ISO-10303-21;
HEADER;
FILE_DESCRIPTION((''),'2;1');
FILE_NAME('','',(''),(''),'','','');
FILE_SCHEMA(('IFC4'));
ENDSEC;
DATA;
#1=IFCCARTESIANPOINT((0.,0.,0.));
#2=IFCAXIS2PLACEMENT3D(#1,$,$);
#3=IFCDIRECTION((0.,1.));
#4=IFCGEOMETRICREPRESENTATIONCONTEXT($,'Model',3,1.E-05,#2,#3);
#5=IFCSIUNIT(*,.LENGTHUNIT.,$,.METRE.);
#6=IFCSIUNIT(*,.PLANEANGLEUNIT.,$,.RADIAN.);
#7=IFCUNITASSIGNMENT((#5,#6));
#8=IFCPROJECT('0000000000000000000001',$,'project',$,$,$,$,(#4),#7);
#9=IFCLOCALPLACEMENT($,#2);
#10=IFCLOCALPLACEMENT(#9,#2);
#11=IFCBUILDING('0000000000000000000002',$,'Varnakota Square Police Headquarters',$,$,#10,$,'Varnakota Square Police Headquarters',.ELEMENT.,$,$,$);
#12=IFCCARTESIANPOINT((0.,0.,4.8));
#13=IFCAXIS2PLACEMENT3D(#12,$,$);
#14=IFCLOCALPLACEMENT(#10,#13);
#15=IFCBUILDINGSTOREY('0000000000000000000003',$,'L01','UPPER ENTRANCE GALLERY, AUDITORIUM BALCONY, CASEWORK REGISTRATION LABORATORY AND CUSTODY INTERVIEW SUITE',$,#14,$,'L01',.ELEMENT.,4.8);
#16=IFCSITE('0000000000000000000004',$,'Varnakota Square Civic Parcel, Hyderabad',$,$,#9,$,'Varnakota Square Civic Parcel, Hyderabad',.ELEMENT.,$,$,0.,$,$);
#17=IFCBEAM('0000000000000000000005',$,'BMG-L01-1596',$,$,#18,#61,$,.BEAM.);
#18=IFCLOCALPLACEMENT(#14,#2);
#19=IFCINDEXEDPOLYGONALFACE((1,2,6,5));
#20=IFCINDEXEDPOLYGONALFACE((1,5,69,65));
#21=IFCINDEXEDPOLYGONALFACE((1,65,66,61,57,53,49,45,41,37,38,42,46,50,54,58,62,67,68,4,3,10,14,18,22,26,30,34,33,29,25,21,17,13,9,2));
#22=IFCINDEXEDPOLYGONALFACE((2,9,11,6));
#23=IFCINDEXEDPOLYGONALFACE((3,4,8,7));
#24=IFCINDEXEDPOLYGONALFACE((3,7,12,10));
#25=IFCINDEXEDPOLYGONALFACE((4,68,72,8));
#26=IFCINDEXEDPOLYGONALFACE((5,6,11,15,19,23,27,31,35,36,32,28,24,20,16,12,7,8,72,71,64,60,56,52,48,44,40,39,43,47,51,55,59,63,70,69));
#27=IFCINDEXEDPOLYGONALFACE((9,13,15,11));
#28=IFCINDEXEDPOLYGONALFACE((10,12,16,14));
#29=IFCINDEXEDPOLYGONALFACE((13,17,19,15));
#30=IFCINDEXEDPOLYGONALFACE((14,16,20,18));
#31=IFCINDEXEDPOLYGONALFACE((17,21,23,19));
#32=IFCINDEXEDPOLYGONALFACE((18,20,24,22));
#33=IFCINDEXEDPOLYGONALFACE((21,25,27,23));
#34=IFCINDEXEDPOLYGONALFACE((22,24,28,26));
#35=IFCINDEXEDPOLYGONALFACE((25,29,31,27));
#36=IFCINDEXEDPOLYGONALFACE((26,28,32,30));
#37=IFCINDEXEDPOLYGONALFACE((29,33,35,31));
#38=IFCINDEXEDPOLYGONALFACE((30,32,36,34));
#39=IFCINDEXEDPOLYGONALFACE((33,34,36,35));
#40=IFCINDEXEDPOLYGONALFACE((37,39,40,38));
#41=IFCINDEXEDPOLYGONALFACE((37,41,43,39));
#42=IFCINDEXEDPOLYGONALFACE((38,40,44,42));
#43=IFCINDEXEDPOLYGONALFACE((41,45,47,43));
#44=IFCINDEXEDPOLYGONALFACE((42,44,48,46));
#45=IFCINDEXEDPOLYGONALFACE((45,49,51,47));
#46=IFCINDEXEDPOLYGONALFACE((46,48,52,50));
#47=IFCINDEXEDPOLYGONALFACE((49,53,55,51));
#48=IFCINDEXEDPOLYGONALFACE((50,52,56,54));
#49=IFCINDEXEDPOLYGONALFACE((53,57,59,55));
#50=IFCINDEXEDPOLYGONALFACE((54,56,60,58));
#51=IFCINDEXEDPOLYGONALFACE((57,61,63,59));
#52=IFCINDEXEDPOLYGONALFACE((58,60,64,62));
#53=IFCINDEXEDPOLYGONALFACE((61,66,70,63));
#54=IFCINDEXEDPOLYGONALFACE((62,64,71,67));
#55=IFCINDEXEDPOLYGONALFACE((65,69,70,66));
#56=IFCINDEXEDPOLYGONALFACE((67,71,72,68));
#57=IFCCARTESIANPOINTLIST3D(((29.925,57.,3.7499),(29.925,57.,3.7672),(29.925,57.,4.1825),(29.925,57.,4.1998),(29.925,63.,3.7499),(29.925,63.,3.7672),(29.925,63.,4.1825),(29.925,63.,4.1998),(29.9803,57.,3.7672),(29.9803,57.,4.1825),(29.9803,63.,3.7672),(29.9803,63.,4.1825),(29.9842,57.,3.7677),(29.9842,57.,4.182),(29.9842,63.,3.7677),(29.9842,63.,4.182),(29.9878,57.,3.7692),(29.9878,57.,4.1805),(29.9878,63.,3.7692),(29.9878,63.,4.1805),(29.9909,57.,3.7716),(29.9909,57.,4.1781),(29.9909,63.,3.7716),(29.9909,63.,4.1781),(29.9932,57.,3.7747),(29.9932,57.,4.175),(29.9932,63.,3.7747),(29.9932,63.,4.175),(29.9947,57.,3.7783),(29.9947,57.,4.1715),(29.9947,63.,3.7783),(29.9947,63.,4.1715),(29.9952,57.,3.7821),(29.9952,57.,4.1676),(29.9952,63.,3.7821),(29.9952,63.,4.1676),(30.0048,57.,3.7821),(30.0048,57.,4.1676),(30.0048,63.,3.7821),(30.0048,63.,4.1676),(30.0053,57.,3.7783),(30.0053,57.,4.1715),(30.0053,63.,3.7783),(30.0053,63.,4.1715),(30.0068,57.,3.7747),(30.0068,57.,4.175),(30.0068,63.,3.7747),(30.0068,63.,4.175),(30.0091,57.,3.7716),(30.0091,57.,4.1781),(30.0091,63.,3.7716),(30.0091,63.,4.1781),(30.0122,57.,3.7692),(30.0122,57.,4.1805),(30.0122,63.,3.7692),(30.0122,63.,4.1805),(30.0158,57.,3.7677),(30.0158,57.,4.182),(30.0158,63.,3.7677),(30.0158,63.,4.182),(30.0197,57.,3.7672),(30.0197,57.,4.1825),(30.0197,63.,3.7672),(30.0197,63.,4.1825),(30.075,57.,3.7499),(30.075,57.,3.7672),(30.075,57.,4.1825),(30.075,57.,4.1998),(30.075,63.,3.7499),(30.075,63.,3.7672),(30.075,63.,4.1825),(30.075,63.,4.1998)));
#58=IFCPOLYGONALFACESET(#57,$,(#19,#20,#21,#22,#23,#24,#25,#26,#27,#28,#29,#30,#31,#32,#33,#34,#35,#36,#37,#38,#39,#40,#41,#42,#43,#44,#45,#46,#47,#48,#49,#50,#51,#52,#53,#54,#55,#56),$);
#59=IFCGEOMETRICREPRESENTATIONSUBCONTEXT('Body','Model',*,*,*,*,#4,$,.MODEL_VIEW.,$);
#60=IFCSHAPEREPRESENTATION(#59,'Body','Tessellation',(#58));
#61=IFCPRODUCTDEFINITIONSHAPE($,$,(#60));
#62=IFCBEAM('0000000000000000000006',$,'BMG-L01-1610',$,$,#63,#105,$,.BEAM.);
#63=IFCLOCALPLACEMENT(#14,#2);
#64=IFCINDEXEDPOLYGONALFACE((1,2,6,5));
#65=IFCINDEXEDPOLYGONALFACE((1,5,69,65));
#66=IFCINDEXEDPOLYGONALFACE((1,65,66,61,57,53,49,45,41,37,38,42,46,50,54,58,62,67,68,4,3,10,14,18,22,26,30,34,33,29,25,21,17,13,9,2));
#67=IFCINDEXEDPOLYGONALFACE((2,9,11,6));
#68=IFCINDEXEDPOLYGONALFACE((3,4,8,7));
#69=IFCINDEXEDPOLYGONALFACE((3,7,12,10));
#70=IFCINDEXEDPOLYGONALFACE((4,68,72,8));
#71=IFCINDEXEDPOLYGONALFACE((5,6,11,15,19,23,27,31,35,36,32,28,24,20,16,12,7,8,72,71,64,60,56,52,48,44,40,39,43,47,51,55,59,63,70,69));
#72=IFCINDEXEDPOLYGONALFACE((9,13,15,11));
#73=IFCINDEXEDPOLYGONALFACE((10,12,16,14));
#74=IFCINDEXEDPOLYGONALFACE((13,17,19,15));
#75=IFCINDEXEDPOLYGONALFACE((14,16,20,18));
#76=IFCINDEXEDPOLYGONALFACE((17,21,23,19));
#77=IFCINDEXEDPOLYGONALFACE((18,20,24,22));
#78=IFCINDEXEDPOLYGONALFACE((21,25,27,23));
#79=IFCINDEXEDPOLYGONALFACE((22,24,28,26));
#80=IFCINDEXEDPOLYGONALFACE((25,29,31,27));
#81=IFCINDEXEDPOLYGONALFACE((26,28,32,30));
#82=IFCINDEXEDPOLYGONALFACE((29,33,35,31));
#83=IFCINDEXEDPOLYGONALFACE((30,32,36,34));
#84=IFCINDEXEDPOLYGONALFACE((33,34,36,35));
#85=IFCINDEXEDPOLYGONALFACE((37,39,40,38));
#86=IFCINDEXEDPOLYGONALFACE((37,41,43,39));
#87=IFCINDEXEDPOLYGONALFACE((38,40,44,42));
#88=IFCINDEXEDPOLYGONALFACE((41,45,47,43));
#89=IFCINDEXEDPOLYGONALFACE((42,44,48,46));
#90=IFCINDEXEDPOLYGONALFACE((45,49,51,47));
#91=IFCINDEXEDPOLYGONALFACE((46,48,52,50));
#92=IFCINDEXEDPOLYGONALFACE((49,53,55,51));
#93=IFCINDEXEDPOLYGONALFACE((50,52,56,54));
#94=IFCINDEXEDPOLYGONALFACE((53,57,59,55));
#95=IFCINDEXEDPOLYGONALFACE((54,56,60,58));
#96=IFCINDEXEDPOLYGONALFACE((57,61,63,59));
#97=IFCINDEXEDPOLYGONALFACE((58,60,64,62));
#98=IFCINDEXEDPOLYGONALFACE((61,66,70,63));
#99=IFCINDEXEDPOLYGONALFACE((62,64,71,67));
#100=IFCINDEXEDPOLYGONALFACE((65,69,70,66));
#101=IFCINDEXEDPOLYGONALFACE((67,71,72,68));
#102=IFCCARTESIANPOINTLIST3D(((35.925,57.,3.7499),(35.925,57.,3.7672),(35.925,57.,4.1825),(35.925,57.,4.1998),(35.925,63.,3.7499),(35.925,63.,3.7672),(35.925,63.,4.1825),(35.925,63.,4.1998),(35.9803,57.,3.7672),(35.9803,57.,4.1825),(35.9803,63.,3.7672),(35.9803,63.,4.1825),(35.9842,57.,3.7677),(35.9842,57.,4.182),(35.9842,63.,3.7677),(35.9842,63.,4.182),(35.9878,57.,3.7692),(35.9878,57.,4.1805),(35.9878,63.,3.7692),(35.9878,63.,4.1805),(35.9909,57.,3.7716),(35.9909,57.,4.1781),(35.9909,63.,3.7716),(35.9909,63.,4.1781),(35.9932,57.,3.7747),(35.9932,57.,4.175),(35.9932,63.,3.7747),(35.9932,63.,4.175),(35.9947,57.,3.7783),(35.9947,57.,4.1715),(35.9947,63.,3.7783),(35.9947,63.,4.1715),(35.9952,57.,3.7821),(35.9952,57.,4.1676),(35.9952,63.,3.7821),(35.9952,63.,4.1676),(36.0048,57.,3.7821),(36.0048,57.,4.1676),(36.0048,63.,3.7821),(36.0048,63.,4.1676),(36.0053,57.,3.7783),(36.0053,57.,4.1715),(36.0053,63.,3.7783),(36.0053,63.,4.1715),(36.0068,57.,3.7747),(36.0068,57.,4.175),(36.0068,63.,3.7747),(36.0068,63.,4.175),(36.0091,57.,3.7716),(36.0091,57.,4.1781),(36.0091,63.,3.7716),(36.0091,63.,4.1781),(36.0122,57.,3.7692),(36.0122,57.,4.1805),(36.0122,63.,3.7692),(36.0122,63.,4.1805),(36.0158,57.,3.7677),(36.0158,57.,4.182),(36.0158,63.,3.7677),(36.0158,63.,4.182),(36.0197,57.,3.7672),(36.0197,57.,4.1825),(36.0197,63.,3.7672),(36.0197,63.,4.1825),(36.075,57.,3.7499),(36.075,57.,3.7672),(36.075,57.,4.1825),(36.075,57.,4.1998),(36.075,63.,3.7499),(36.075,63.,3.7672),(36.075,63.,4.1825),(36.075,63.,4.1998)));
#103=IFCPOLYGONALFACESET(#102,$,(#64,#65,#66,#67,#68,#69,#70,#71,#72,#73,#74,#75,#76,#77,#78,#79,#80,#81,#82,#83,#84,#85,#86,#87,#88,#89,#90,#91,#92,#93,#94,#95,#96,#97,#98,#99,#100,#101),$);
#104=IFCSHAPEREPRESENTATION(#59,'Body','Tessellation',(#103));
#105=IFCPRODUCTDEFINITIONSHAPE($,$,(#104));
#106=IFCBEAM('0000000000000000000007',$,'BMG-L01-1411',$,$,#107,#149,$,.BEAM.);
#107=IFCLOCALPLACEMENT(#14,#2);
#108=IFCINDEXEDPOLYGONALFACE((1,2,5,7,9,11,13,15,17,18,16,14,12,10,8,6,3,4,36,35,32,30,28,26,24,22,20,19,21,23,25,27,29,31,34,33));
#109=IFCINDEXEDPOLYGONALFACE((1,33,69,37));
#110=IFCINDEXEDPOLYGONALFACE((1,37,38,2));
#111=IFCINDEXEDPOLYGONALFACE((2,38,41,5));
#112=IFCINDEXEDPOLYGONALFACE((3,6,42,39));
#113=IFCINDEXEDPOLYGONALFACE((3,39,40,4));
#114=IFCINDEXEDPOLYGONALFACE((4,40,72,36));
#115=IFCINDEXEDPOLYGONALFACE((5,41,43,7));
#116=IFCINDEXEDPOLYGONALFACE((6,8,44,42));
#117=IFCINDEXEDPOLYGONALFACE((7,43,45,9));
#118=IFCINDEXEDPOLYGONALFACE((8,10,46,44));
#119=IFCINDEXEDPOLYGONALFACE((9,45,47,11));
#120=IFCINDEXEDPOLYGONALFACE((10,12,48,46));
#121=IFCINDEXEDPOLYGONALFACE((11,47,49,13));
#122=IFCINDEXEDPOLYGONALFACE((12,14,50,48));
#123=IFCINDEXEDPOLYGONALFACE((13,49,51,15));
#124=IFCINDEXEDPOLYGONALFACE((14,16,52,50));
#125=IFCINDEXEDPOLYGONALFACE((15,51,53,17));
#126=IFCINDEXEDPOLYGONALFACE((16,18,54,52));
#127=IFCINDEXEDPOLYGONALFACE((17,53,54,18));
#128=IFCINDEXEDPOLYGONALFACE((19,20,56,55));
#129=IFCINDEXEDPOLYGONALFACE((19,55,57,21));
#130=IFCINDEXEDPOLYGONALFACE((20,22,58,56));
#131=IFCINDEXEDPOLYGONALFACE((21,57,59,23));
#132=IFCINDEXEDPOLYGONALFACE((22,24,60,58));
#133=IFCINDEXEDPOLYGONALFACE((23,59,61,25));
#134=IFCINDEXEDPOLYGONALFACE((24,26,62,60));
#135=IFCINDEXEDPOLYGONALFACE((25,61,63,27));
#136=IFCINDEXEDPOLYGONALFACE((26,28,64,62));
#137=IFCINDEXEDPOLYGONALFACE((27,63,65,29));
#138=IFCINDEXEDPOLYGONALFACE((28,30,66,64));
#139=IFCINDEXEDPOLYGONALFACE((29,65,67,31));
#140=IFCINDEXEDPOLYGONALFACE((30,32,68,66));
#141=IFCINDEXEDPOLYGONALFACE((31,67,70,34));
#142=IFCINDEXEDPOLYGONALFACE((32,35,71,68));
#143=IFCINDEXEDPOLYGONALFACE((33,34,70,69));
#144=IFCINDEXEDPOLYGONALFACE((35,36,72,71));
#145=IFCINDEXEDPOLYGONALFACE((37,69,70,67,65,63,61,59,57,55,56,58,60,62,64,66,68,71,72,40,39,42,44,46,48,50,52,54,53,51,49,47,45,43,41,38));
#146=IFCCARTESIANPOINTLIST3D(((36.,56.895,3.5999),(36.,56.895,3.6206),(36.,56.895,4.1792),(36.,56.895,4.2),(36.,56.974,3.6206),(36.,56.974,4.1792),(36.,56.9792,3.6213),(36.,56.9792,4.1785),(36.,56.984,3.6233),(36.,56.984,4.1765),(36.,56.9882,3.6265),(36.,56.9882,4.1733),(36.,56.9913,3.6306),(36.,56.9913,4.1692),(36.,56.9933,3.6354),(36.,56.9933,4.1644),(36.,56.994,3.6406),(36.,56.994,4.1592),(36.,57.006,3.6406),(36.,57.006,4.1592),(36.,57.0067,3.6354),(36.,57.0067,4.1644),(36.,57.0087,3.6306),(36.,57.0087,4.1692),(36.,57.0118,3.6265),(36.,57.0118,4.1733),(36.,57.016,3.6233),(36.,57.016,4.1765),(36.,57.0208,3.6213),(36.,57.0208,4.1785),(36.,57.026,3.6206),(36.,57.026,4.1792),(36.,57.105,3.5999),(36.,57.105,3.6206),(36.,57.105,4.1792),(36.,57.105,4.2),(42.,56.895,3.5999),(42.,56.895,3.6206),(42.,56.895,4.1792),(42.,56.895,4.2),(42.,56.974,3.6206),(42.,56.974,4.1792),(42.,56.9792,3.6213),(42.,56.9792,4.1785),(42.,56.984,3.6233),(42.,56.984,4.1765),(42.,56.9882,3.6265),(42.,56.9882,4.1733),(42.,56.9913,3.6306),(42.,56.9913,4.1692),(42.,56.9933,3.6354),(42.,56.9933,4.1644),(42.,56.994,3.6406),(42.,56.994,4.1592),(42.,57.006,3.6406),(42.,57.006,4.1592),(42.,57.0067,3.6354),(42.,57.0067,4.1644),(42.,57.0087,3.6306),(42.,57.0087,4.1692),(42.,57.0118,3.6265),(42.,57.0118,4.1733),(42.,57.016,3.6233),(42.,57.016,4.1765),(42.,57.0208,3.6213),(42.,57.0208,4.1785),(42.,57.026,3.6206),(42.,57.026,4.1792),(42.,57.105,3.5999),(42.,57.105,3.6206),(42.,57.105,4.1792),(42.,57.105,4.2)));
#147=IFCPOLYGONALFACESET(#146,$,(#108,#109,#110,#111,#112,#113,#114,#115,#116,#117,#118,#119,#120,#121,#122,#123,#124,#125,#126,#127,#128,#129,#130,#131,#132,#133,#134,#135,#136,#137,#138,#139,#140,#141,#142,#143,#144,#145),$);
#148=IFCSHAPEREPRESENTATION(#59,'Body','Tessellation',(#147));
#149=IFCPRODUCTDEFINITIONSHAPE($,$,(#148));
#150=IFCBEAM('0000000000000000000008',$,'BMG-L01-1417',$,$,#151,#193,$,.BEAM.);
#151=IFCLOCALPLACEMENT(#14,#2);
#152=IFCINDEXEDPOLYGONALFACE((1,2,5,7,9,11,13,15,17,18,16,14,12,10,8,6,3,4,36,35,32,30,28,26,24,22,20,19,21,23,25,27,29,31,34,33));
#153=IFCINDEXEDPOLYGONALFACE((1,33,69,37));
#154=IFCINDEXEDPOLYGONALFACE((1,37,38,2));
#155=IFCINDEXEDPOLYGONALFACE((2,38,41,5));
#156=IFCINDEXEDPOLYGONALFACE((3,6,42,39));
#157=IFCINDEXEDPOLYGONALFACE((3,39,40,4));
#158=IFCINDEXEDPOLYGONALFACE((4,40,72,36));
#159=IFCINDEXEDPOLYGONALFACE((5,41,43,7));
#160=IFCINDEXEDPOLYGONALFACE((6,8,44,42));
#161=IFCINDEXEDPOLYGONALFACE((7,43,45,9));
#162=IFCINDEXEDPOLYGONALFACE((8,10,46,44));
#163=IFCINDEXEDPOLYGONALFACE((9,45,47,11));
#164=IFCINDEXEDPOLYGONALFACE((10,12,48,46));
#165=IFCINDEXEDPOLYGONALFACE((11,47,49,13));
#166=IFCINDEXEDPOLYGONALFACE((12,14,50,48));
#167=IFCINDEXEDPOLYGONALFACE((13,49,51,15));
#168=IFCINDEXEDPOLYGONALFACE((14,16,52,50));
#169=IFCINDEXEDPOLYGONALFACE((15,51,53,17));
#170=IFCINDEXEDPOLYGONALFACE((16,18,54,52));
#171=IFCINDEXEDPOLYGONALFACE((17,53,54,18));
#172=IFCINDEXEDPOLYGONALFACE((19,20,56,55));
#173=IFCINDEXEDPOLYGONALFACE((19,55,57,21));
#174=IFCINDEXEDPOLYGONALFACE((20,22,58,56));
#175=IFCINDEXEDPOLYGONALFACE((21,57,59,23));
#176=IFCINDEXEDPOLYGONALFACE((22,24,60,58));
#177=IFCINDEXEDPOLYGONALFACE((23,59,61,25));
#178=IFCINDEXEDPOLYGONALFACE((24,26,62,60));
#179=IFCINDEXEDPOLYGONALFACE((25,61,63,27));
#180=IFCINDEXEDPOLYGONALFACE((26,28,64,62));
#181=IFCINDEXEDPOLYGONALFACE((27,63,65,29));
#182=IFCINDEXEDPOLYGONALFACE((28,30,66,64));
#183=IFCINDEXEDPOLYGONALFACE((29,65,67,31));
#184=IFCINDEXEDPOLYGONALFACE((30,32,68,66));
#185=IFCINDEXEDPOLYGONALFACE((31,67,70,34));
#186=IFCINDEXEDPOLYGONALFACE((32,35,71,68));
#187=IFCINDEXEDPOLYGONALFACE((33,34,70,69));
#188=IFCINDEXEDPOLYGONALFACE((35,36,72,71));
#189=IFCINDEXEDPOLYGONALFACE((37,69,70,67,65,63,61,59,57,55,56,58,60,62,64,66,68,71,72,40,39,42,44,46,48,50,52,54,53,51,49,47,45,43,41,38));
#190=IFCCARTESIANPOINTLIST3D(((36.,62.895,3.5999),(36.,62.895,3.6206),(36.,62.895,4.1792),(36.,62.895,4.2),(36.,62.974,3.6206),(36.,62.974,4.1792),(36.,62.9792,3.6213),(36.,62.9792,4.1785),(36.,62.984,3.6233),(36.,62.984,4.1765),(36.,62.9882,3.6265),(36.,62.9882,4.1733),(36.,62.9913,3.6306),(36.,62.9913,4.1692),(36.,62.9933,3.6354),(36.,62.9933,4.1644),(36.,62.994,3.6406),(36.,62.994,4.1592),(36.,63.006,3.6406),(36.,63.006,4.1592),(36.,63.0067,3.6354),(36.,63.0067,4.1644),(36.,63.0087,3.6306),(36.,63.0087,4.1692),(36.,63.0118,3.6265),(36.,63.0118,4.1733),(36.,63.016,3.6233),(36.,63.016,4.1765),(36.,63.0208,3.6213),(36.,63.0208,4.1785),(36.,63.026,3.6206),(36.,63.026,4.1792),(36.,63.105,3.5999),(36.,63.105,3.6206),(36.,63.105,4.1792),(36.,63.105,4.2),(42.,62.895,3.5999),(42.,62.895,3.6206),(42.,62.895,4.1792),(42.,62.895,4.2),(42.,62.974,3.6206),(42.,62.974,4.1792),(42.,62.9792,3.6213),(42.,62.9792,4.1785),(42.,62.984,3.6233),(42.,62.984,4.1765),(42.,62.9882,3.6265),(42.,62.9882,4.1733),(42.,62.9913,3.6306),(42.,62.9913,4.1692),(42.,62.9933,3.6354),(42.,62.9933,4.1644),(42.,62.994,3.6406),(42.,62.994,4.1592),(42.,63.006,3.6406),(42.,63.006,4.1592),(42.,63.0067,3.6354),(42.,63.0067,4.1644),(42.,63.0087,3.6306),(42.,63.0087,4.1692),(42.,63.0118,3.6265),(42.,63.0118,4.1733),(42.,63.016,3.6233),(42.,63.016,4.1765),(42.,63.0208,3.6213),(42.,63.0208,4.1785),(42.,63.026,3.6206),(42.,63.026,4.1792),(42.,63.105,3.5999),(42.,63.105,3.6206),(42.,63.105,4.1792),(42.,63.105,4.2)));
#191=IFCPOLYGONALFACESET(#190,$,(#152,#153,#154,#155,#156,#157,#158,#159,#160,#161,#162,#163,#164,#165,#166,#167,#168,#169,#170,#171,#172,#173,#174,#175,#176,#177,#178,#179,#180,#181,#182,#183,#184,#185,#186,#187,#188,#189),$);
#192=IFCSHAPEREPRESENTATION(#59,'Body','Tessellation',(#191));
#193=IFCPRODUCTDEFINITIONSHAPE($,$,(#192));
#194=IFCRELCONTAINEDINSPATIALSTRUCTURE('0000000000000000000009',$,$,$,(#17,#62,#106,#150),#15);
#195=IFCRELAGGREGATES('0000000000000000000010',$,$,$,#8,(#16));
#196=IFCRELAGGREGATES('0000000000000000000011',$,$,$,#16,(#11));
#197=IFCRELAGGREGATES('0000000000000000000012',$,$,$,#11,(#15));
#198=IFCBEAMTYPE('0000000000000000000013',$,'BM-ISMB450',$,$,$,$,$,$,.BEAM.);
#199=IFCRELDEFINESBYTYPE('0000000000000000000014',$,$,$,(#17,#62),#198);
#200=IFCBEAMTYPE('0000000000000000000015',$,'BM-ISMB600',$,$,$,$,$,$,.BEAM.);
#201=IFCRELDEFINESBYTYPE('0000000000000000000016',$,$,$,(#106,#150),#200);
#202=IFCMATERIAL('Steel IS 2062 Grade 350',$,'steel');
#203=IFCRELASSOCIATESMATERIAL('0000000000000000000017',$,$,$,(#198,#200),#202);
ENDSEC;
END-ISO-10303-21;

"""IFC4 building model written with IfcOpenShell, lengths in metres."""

from ifc_helpers import new_model, si_unit, direction, frame, origin, origin_2d, place, context, subcontext, project, spatial, i_section, extrude, material, material_profile, profile_set, type_object, element, save


model = new_model("IFC4")

# Units and contexts
model_context = context("Model", 3, precision=1e-05, world=origin(), true_north=direction((0.0, 1.0)))
body_context = subcontext(model_context, "Body", "Model", "MODEL_VIEW")
ifc_project = project(units=[si_unit("LENGTHUNIT", "METRE"), si_unit("PLANEANGLEUNIT", "RADIAN")], contexts=[model_context])

# Site, building, storey
site_placement = place(None, origin())
site = spatial("IfcSite", under=ifc_project, at=site_placement, Name="Varnakota Square Civic Parcel, Hyderabad", LongName="Varnakota Square Civic Parcel, Hyderabad", CompositionType="ELEMENT", RefElevation=0.0)
building_placement = place(site_placement, origin())
building = spatial("IfcBuilding", under=site, at=building_placement, Name="Varnakota Square Police Headquarters", LongName="Varnakota Square Police Headquarters", CompositionType="ELEMENT")
storey_placement = place(building_placement, frame((0.0, 0.0, 4.8)))
storey = spatial("IfcBuildingStorey", under=building, at=storey_placement, Name="L01", Description="UPPER ENTRANCE GALLERY, AUDITORIUM BALCONY, CASEWORK REGISTRATION LABORATORY AND CUSTODY INTERVIEW SUITE", LongName="L01", CompositionType="ELEMENT", Elevation=4.8)

# Shared definitions
ifc_material_1 = material(Name="Steel IS 2062 Grade 350", Category="steel")

# Beams
ifc_material_profile_1 = material_profile(ifc_material_1, i_section(OverallWidth=0.1499, OverallDepth=0.45, WebThickness=0.0095, FlangeThickness=0.0173, FilletRadius=0.0149, at=origin_2d()), Name="ISMB 450")
ifc_profile_set_1 = profile_set([ifc_material_profile_1], Name="Steel IS 2062 Grade 350")
beam_type_1 = type_object("IfcBeamType", Name="BM-ISMB450", PredefinedType="BEAM", material=ifc_profile_set_1)
for number, where, z_axis, x_axis, name in (
    (1, (30.0, 57.0, 3.9749), (0.0, 1.0, 0.0), (-1.0, 0.0, 0.0), "BMG-L01-1596"),
    (2, (36.0, 57.0, 3.9749), (0.0, 1.0, 0.0), (-1.0, 0.0, 0.0), "BMG-L01-1610"),
):
    element("IfcBeam", number, at=place(storey_placement, frame(where, z_axis=z_axis, x_axis=x_axis)), inside=storey, type_object=beam_type_1, Name=name, PredefinedType="BEAM", context=body_context, shape_type="SweptSolid", body=[
        extrude(i_section(OverallWidth=0.1499, OverallDepth=0.45, WebThickness=0.0095, FlangeThickness=0.0173, FilletRadius=0.0149, at=origin_2d()), origin(), (0.0, 0.0, 1.0), 6.0),
    ])
ifc_material_profile_2 = material_profile(ifc_material_1, i_section(OverallWidth=0.21, OverallDepth=0.6001, WebThickness=0.012, FlangeThickness=0.0208, FilletRadius=0.02, at=origin_2d()), Name="ISMB 600")
ifc_profile_set_2 = profile_set([ifc_material_profile_2], Name="Steel IS 2062 Grade 350")
beam_type_2 = type_object("IfcBeamType", Name="BM-ISMB600", PredefinedType="BEAM", material=ifc_profile_set_2)
for number, where, z_axis, x_axis, name in (
    (3, (36.0, 57.0, 3.8999), (1.0, 0.0, 0.0), (0.0, 1.0, 0.0), "BMG-L01-1411"),
    (4, (36.0, 63.0, 3.8999), (1.0, 0.0, 0.0), (0.0, 1.0, 0.0), "BMG-L01-1417"),
):
    element("IfcBeam", number, at=place(storey_placement, frame(where, z_axis=z_axis, x_axis=x_axis)), inside=storey, type_object=beam_type_2, Name=name, PredefinedType="BEAM", context=body_context, shape_type="SweptSolid", body=[
        extrude(i_section(OverallWidth=0.21, OverallDepth=0.6001, WebThickness=0.012, FlangeThickness=0.0208, FilletRadius=0.02, at=origin_2d()), origin(), (0.0, 0.0, 1.0), 6.0),
    ])

save(model, "model.ifc")
